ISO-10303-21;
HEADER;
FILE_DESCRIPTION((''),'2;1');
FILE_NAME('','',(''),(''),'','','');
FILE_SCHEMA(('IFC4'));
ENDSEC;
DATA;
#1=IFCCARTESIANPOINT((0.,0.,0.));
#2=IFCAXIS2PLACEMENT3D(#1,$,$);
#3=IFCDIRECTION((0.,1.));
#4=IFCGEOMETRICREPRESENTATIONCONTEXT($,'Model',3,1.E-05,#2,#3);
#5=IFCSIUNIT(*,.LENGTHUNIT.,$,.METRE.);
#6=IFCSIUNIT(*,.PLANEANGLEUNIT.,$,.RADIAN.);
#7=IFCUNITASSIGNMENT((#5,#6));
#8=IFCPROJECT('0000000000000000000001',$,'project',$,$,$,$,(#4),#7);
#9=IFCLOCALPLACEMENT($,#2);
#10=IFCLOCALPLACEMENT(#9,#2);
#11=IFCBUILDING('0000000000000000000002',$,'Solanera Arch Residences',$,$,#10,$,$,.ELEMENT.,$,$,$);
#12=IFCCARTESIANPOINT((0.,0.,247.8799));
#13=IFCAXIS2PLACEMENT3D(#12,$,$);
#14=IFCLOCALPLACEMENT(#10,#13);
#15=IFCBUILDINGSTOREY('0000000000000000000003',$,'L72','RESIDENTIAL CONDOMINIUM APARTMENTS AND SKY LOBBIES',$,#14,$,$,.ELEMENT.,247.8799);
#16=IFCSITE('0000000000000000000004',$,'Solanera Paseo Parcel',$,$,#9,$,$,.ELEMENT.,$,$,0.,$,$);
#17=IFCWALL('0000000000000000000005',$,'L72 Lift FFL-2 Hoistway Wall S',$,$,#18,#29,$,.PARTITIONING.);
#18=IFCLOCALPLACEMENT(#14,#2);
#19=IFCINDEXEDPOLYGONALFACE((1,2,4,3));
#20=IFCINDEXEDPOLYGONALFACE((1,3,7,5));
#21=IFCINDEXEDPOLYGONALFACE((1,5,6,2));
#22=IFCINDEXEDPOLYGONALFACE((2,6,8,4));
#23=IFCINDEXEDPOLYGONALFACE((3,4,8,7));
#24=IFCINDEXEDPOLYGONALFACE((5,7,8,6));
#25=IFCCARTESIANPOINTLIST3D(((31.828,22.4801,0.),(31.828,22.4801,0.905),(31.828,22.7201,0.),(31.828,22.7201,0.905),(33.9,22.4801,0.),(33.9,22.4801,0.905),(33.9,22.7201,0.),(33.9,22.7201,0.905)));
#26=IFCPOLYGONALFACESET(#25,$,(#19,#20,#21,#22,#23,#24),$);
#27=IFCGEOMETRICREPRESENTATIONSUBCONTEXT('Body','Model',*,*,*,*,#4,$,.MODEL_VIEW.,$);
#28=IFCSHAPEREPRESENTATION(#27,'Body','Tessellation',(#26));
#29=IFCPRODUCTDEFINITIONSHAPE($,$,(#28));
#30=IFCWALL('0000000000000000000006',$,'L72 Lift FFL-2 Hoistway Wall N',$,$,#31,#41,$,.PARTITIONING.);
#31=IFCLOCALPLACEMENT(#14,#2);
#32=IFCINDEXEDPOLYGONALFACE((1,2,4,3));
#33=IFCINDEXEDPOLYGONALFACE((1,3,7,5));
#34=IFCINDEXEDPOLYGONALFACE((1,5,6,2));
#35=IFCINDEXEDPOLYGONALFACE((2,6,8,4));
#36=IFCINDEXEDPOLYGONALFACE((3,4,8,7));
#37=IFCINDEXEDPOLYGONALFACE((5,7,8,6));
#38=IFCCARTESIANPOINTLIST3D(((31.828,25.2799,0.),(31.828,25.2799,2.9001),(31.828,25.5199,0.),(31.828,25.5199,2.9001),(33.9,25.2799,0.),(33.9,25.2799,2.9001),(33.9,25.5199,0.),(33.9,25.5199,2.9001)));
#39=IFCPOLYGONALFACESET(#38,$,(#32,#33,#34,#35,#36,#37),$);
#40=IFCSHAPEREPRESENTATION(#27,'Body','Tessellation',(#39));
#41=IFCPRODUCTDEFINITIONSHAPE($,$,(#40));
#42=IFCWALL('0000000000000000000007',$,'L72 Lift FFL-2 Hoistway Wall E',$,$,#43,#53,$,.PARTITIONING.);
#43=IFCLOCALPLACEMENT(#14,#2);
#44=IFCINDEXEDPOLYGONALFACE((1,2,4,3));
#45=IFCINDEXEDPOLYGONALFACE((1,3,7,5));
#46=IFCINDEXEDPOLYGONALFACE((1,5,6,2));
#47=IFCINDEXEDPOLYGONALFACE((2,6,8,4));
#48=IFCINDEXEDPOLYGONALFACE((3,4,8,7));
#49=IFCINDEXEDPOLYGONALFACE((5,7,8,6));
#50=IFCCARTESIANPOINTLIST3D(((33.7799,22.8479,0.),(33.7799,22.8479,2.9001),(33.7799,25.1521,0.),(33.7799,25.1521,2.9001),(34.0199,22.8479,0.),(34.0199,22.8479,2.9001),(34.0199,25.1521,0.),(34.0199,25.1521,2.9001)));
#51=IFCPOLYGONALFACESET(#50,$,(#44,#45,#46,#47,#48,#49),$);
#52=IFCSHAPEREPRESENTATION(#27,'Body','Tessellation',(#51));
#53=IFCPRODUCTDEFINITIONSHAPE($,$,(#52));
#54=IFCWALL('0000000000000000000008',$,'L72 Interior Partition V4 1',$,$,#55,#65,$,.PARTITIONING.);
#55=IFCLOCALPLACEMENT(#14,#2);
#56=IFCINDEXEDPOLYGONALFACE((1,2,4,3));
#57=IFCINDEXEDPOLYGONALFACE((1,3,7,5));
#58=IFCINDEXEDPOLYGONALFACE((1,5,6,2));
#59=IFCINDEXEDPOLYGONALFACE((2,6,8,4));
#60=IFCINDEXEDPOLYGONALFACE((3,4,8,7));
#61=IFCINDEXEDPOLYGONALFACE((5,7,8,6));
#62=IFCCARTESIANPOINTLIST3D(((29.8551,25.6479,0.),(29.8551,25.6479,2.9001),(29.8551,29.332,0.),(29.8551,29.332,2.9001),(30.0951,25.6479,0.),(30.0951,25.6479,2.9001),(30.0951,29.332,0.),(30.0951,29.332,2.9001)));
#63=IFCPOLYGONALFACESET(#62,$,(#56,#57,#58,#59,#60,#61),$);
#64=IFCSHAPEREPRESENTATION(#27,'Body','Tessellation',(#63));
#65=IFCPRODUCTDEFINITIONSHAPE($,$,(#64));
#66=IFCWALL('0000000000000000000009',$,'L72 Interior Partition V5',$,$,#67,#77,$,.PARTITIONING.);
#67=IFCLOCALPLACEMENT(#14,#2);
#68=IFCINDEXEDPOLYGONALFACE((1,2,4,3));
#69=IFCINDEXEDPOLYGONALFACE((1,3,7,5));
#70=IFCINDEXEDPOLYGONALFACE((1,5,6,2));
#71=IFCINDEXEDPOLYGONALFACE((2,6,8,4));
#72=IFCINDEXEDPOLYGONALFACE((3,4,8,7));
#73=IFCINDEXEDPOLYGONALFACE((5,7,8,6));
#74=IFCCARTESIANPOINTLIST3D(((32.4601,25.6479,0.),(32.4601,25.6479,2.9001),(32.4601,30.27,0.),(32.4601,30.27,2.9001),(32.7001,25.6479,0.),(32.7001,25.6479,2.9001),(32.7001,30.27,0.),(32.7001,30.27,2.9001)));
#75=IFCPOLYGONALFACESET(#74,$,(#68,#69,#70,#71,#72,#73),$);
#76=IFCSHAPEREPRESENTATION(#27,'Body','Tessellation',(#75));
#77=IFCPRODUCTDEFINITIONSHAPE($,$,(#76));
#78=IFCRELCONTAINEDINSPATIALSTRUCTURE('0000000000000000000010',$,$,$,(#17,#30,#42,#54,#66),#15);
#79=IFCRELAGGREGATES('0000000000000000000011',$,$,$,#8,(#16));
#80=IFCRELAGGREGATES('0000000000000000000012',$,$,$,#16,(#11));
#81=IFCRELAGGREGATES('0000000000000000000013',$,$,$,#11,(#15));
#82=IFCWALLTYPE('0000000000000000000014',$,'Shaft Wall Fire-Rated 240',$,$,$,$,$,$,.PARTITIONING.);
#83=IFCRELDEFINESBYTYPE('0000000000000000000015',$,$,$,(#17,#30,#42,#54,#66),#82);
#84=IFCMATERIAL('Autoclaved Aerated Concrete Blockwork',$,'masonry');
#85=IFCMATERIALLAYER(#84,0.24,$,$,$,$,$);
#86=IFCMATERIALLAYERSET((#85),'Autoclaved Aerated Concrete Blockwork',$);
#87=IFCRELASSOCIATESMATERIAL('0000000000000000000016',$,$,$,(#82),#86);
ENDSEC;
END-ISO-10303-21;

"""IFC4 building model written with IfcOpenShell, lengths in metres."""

from ifc_helpers import new_model, si_unit, direction, frame, frame_2d, origin, place, context, subcontext, project, spatial, rectangle, extrude, material, layer, layer_set, type_object, element, save


model = new_model("IFC4")

# Units and contexts
model_context = context("Model", 3, precision=1e-05, world=origin(), true_north=direction((0.0, 1.0)))
body_context = subcontext(model_context, "Body", "Model", "MODEL_VIEW")
ifc_project = project(units=[si_unit("LENGTHUNIT", "METRE"), si_unit("PLANEANGLEUNIT", "RADIAN")], contexts=[model_context])

# Site, building, storey
site_placement = place(None, origin())
site = spatial("IfcSite", under=ifc_project, at=site_placement, Name="Solanera Paseo Parcel", CompositionType="ELEMENT", RefElevation=0.0)
building_placement = place(site_placement, origin())
building = spatial("IfcBuilding", under=site, at=building_placement, Name="Solanera Arch Residences", CompositionType="ELEMENT")
storey_placement = place(building_placement, frame((0.0, 0.0, 247.8799)))
storey = spatial("IfcBuildingStorey", under=building, at=storey_placement, Name="L72", Description="RESIDENTIAL CONDOMINIUM APARTMENTS AND SKY LOBBIES", CompositionType="ELEMENT", Elevation=247.8799)

# Walls
ifc_material_1 = material(Name="Autoclaved Aerated Concrete Blockwork", Category="masonry")
ifc_layer_1 = layer(ifc_material_1, 0.24)
ifc_layer_set_1 = layer_set([ifc_layer_1], Name="Autoclaved Aerated Concrete Blockwork")
wall_type_1 = type_object("IfcWallType", Name="Shaft Wall Fire-Rated 240", PredefinedType="PARTITIONING", material=ifc_layer_set_1)
wall_1_placement = place(storey_placement, frame((31.8279, 22.6001, 0.0), z_axis=(0.0, 0.0, 1.0), x_axis=(1.0, 0.0, 0.0)))
element("IfcWall", 1, at=wall_1_placement, inside=storey, type_object=wall_type_1, Name="L72 Lift FFL-2 Hoistway Wall S", PredefinedType="PARTITIONING", context=body_context, shape_type="SweptSolid", body=[
    extrude(rectangle(XDim=2.072, YDim=0.24, at=frame_2d((1.0361, 0.0))), origin(), (0.0, 0.0, 1.0), 0.905),
])
wall_2_placement = place(storey_placement, frame((31.8279, 25.3999, 0.0), z_axis=(0.0, 0.0, 1.0), x_axis=(1.0, 0.0, 0.0)))
element("IfcWall", 2, at=wall_2_placement, inside=storey, type_object=wall_type_1, Name="L72 Lift FFL-2 Hoistway Wall N", PredefinedType="PARTITIONING", context=body_context, shape_type="SweptSolid", body=[
    extrude(rectangle(XDim=2.072, YDim=0.24, at=frame_2d((1.0361, 0.0))), origin(), (0.0, 0.0, 1.0), 2.9001),
])
wall_3_placement = place(storey_placement, frame((33.8999, 22.8479, 0.0), z_axis=(0.0, 0.0, 1.0), x_axis=(0.0, 1.0, 0.0)))
element("IfcWall", 3, at=wall_3_placement, inside=storey, type_object=wall_type_1, Name="L72 Lift FFL-2 Hoistway Wall E", PredefinedType="PARTITIONING", context=body_context, shape_type="SweptSolid", body=[
    extrude(rectangle(XDim=2.3042, YDim=0.24, at=frame_2d((1.1521, 0.0))), origin(), (0.0, 0.0, 1.0), 2.9001),
])
wall_4_placement = place(storey_placement, frame((29.9751, 25.6479, 0.0), z_axis=(0.0, 0.0, 1.0), x_axis=(0.0, 1.0, 0.0)))
element("IfcWall", 4, at=wall_4_placement, inside=storey, type_object=wall_type_1, Name="L72 Interior Partition V4 1", PredefinedType="PARTITIONING", context=body_context, shape_type="SweptSolid", body=[
    extrude(rectangle(XDim=3.6841, YDim=0.24, at=frame_2d((1.842, 0.0))), origin(), (0.0, 0.0, 1.0), 2.9001),
])

# Wall
wall_5_placement = place(storey_placement, frame((32.5801, 25.6479, 0.0), z_axis=(0.0, 0.0, 1.0), x_axis=(0.0, 1.0, 0.0)))
element("IfcWall", 5, at=wall_5_placement, inside=storey, type_object=wall_type_1, Name="L72 Interior Partition V5", PredefinedType="PARTITIONING", context=body_context, shape_type="SweptSolid", body=[
    extrude(rectangle(XDim=4.6221, YDim=0.24, at=frame_2d((2.311, 0.0))), origin(), (0.0, 0.0, 1.0), 2.9001),
])

save(model, "model.ifc")
